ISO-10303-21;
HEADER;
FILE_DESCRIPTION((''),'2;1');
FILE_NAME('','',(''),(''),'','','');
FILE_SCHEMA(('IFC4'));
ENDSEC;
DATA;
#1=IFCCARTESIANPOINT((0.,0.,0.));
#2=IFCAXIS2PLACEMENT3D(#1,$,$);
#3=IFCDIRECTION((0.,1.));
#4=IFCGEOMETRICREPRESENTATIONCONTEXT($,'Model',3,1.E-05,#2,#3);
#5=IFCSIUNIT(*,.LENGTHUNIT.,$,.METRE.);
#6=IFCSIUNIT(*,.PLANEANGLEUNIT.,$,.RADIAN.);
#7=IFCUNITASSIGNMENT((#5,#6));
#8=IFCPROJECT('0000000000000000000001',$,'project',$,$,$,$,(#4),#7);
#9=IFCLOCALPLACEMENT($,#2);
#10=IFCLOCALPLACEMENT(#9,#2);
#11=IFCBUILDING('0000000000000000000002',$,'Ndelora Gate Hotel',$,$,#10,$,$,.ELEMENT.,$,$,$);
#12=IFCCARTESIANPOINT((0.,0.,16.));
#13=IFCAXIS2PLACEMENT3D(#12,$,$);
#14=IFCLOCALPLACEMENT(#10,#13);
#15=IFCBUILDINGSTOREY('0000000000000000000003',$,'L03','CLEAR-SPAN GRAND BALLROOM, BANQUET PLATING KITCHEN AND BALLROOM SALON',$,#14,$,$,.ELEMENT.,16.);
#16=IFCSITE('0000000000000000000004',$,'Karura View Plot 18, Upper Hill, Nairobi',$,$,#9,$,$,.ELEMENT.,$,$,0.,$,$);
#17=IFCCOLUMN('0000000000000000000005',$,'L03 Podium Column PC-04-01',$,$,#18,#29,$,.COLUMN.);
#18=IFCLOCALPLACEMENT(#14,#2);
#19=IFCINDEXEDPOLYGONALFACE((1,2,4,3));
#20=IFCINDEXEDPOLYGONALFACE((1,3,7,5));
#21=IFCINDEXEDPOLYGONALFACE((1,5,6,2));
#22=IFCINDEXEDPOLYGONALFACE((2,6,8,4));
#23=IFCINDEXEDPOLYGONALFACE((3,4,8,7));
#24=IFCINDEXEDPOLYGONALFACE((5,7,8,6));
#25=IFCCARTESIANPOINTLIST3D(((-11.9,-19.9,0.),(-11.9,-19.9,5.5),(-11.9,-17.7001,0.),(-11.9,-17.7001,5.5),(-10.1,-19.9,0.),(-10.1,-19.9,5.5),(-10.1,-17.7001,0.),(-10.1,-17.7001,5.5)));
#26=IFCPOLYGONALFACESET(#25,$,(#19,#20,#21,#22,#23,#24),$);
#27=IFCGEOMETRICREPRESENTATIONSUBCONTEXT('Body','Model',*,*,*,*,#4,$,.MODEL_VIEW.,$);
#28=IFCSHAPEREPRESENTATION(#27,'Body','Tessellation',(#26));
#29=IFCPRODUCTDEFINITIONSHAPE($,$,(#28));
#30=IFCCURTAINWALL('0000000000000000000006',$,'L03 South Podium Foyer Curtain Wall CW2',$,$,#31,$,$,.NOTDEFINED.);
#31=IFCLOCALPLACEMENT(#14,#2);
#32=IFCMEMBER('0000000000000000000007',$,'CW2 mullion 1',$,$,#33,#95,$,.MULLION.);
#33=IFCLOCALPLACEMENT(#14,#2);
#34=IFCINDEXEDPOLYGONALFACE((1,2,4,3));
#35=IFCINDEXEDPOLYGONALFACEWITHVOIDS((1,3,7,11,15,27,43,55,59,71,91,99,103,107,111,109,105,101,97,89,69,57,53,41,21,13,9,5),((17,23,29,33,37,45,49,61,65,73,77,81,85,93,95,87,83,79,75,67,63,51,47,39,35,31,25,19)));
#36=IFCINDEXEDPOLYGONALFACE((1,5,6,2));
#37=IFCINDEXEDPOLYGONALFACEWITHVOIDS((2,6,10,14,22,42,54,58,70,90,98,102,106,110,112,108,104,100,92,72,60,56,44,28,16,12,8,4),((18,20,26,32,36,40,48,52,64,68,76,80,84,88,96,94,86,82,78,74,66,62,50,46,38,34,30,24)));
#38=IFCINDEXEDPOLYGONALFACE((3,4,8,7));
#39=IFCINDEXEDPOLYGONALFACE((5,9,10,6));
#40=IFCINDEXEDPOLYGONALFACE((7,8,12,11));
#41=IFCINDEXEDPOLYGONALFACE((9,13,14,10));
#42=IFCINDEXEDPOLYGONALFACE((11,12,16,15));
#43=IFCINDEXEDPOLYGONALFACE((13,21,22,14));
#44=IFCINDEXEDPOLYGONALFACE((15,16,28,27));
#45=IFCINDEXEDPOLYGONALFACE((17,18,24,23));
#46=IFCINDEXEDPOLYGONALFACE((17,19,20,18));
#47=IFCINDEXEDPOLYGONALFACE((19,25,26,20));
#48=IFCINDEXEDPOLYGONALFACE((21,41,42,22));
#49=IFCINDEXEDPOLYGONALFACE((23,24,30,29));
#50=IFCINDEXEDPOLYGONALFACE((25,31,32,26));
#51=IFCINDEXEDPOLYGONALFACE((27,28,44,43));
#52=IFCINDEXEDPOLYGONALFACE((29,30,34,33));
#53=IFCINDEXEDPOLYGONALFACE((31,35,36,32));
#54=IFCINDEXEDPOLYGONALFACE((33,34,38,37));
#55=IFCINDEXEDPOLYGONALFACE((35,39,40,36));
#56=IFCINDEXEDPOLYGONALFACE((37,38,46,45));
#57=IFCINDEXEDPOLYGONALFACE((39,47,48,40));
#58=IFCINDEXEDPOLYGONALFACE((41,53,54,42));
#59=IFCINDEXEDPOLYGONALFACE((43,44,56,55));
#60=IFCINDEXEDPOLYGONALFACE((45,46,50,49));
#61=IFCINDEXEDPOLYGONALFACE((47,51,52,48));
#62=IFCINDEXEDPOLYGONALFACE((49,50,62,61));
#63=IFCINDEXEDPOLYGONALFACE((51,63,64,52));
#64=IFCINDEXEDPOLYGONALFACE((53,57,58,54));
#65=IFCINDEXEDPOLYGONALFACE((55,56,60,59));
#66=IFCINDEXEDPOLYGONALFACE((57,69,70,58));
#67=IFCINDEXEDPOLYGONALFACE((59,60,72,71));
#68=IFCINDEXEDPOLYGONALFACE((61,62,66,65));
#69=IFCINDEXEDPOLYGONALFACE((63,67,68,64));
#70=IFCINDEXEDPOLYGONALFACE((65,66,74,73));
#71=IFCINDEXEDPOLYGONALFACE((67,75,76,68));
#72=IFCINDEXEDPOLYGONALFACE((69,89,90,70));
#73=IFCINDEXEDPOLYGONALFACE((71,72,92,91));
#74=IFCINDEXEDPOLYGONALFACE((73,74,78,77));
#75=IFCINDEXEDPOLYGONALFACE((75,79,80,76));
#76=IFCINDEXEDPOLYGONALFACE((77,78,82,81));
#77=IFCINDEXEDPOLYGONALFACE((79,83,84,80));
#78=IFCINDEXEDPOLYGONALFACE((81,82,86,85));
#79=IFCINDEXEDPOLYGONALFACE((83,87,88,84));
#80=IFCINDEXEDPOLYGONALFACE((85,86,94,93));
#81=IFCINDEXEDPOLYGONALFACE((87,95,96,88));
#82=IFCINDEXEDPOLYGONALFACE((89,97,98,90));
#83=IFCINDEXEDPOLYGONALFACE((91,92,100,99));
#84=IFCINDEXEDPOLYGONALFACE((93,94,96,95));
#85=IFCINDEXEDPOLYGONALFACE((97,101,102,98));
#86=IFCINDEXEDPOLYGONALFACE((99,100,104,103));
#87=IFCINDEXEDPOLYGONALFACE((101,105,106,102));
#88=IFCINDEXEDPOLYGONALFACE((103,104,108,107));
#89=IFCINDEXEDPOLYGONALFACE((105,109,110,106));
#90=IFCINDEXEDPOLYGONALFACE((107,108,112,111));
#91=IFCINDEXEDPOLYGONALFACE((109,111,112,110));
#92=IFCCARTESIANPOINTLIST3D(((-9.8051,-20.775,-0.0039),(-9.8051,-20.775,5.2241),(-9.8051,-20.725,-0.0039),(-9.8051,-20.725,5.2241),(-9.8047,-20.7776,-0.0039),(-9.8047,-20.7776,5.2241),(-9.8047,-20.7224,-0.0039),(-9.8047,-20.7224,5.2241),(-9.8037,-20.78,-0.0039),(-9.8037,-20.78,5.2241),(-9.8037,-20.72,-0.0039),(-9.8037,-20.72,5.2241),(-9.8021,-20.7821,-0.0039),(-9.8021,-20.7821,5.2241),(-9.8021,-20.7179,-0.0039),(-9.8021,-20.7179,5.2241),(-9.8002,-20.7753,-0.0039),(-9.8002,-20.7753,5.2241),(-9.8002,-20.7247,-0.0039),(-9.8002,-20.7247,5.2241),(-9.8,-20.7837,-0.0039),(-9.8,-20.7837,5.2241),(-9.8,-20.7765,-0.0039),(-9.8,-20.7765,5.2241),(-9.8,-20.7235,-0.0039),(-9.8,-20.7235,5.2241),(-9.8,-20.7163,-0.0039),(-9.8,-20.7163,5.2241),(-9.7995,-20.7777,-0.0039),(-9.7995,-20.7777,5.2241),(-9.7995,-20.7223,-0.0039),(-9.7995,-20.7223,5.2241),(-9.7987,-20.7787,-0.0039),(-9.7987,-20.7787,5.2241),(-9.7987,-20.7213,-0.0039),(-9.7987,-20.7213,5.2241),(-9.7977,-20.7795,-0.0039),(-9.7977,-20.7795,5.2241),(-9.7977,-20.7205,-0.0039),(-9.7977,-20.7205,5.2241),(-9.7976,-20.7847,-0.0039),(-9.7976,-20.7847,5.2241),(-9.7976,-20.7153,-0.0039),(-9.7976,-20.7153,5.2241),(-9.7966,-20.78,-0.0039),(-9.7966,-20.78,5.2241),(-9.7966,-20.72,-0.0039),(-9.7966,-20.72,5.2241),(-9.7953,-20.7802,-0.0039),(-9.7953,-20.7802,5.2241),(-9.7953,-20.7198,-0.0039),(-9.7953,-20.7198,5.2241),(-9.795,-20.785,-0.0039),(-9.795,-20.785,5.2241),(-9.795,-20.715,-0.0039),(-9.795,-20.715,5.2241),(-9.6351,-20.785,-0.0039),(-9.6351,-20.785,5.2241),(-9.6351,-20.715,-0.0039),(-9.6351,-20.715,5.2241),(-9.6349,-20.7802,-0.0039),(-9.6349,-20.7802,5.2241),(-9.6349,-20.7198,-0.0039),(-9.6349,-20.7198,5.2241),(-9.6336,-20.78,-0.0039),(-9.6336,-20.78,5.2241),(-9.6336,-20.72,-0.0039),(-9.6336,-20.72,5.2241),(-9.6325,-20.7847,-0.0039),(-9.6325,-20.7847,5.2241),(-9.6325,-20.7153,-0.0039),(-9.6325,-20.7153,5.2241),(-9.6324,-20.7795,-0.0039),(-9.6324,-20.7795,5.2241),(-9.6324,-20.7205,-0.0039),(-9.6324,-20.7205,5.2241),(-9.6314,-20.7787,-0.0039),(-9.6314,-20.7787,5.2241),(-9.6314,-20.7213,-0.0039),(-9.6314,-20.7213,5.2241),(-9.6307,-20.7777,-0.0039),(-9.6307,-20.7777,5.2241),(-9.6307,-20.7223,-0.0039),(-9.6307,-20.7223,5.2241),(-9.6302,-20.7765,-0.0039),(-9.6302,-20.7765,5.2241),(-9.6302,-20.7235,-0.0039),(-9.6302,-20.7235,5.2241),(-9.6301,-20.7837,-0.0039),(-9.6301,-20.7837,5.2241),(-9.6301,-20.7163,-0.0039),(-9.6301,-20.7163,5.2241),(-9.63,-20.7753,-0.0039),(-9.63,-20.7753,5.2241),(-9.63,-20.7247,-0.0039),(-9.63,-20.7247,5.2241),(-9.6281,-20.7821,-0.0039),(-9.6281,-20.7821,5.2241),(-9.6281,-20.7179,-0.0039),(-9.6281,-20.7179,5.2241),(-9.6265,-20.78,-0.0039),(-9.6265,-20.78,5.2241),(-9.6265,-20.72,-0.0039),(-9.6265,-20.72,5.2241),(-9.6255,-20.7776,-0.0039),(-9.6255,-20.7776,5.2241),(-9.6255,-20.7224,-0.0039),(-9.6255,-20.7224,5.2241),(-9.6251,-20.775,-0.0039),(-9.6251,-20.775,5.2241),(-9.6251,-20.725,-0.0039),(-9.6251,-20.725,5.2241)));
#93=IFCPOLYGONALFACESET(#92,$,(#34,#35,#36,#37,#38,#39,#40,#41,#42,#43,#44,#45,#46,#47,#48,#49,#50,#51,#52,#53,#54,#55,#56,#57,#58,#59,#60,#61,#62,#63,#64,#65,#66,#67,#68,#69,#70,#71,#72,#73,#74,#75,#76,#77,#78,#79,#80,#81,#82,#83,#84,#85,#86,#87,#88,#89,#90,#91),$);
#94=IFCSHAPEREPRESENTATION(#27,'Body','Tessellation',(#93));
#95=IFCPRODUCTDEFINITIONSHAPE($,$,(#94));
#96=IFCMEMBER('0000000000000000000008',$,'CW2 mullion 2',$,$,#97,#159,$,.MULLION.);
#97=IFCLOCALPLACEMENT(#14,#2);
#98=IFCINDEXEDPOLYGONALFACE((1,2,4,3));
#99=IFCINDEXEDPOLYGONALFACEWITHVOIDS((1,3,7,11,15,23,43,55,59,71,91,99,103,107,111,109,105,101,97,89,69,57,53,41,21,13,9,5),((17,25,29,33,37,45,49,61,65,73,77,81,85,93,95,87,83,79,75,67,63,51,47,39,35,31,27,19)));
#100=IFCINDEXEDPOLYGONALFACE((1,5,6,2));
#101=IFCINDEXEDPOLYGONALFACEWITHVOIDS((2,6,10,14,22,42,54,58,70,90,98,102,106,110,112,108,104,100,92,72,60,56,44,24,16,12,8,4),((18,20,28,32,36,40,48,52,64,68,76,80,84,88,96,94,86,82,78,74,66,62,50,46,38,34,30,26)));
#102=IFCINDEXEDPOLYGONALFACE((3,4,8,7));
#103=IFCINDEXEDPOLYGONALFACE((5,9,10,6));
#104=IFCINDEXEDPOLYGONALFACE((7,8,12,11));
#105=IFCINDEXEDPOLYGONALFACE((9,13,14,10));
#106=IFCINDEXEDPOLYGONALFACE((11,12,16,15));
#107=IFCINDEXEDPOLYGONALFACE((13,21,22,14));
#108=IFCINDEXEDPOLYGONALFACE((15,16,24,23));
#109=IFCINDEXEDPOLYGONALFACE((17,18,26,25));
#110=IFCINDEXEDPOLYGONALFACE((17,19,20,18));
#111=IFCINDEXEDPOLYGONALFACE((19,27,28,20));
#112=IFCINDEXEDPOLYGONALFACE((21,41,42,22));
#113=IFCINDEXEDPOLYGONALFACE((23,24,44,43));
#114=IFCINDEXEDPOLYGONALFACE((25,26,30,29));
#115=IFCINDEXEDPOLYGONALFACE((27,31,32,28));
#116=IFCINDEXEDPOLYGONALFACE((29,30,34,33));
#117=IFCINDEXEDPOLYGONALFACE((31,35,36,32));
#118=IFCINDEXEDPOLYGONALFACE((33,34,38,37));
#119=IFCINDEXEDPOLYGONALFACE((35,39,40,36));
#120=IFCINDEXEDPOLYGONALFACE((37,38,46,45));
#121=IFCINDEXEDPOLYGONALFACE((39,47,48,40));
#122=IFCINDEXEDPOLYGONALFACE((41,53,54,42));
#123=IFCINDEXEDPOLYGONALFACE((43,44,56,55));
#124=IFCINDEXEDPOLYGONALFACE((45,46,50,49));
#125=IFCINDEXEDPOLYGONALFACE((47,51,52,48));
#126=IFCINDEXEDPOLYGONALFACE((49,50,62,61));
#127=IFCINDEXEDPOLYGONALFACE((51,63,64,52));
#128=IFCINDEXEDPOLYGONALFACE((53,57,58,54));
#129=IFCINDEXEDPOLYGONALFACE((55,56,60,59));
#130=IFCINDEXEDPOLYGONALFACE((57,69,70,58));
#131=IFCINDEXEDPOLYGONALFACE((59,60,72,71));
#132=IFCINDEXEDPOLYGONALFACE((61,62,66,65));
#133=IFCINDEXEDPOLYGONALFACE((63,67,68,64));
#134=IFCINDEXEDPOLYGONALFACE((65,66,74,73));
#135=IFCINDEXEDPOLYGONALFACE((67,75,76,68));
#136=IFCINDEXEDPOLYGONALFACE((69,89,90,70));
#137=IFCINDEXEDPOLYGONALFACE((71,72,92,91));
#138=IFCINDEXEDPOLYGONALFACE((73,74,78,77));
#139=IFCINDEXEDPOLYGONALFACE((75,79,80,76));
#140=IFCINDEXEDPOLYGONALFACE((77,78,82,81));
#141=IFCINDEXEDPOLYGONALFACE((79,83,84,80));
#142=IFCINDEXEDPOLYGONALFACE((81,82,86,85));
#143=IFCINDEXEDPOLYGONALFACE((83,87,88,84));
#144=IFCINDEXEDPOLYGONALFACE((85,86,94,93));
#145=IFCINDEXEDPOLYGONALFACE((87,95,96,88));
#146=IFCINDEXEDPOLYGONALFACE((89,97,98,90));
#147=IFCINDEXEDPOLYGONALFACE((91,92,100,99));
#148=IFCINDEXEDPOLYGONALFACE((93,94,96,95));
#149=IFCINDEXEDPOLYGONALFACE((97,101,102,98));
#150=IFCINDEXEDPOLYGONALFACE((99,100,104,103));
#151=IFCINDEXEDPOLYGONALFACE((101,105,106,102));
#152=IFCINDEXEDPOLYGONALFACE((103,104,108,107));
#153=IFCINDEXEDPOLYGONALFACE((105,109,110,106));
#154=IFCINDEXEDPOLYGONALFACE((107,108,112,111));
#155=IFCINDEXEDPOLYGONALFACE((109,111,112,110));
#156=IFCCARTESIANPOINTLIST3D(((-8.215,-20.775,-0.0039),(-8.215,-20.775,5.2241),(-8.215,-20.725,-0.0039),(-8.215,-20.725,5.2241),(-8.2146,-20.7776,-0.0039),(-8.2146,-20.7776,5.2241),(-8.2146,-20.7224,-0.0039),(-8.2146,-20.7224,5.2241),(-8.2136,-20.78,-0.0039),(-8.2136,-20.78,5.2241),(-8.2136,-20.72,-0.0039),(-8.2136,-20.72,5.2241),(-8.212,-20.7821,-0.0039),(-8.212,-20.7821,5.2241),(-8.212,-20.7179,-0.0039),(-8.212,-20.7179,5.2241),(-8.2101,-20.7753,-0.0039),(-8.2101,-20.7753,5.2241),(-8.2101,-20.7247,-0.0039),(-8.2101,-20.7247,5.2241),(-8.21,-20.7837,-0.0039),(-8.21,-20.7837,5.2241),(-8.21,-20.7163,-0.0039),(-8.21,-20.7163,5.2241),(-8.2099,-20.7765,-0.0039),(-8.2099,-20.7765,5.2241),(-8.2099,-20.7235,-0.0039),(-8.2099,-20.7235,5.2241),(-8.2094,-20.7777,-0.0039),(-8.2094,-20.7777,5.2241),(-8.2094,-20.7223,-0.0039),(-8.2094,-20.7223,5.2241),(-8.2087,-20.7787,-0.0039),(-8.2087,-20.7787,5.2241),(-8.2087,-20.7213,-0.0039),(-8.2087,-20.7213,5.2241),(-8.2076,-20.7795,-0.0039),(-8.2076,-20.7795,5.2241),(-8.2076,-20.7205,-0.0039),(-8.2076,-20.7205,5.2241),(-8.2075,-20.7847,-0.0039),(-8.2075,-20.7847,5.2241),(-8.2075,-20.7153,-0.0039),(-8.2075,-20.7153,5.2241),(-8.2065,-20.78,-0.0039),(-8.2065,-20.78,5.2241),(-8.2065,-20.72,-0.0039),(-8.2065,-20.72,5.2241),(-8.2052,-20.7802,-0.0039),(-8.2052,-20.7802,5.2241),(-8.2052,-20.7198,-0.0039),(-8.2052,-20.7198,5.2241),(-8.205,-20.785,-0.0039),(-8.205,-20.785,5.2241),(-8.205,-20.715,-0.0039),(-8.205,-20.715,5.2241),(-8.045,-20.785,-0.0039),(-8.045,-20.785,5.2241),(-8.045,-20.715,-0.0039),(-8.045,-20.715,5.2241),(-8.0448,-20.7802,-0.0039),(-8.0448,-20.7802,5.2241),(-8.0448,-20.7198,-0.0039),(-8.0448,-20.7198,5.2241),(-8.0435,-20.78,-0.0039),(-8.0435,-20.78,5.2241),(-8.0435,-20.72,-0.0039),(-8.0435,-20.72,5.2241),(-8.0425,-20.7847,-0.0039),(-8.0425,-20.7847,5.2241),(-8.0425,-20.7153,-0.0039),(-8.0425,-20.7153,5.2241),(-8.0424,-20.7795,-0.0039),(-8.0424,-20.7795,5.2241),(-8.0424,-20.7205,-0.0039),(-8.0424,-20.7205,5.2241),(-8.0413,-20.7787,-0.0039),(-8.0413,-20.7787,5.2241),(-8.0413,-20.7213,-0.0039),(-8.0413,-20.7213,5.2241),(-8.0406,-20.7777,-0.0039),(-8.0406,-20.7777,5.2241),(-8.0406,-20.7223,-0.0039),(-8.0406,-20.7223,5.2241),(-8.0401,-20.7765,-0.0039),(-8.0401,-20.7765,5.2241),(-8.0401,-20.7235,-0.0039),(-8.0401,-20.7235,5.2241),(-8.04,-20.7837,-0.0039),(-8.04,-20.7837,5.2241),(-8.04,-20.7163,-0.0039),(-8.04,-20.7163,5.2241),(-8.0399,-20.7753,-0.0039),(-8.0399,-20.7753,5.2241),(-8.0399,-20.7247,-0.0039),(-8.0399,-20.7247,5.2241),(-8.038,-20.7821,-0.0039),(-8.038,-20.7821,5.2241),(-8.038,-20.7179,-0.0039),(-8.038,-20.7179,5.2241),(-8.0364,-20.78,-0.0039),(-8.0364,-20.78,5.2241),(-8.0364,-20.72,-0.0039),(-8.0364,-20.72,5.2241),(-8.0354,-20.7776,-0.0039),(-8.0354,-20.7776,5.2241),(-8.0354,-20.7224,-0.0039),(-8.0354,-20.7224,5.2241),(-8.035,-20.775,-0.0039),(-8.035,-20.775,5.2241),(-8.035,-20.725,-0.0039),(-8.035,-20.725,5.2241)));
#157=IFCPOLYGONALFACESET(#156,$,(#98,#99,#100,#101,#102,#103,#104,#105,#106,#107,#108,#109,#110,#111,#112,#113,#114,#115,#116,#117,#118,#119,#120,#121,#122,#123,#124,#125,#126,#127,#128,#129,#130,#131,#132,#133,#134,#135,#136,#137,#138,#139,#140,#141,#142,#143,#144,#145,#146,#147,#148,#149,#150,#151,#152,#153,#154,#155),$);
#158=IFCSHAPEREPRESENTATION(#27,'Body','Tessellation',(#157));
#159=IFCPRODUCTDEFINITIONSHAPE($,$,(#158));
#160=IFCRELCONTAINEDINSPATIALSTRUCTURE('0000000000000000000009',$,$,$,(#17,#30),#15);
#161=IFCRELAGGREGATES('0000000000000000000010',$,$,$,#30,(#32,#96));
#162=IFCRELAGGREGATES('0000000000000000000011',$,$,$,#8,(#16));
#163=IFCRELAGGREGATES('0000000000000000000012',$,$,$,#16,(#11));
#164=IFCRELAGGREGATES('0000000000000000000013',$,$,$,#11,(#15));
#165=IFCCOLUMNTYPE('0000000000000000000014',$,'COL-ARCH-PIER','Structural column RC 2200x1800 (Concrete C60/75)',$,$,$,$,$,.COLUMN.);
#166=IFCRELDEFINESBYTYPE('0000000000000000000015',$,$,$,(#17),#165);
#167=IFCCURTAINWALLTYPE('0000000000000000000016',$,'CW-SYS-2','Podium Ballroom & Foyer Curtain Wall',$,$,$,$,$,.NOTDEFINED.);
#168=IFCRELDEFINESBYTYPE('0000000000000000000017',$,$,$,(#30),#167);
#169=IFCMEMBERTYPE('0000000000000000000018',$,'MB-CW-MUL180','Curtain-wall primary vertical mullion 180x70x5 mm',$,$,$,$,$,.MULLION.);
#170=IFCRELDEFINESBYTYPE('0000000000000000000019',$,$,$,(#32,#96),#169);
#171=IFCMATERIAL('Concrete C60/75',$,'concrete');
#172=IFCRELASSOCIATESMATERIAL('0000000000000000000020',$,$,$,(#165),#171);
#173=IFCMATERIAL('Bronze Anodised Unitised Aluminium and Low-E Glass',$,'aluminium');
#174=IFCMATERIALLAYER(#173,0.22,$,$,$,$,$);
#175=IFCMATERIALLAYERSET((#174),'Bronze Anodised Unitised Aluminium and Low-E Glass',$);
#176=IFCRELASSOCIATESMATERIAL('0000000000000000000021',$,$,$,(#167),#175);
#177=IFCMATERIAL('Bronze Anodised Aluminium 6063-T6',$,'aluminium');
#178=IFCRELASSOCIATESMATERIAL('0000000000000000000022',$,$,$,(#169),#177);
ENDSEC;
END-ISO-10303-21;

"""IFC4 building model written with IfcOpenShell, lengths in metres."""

from ifc_helpers import new_model, si_unit, direction, frame, origin, origin_2d, place, context, subcontext, project, spatial, rectangle, hollow_rectangle, extrude, material, layer, layer_set, material_profile, profile_set, type_object, element, aggregate, save


model = new_model("IFC4")

# Units and contexts
model_context = context("Model", 3, precision=1e-05, world=origin(), true_north=direction((0.0, 1.0)))
body_context = subcontext(model_context, "Body", "Model", "MODEL_VIEW")
ifc_project = project(units=[si_unit("LENGTHUNIT", "METRE"), si_unit("PLANEANGLEUNIT", "RADIAN")], contexts=[model_context])

# Site, building, storey
site_placement = place(None, origin())
site = spatial("IfcSite", under=ifc_project, at=site_placement, Name="Karura View Plot 18, Upper Hill, Nairobi", CompositionType="ELEMENT", RefElevation=0.0)
building_placement = place(site_placement, origin())
building = spatial("IfcBuilding", under=site, at=building_placement, Name="Ndelora Gate Hotel", CompositionType="ELEMENT")
storey_placement = place(building_placement, frame((0.0, 0.0, 16.0)))
storey = spatial("IfcBuildingStorey", under=building, at=storey_placement, Name="L03", Description="CLEAR-SPAN GRAND BALLROOM, BANQUET PLATING KITCHEN AND BALLROOM SALON", CompositionType="ELEMENT", Elevation=16.0)

# Column
ifc_material_1 = material(Name="Concrete C60/75", Category="concrete")
ifc_material_profile_1 = material_profile(ifc_material_1, rectangle(XDim=1.8, YDim=2.2, at=origin_2d()), Name="RC 2200x1800")
ifc_profile_set_1 = profile_set([ifc_material_profile_1], Name="Concrete C60/75")
column_type = type_object("IfcColumnType", Name="COL-ARCH-PIER", Description="Structural column RC 2200x1800 (Concrete C60/75)", PredefinedType="COLUMN", material=ifc_profile_set_1)
column_placement = place(storey_placement, frame((-11.0, -18.8, 0.0), z_axis=(0.0, 0.0, 1.0), x_axis=(1.0, 0.0, 0.0)))
element("IfcColumn", 1, at=column_placement, inside=storey, type_object=column_type, Name="L03 Podium Column PC-04-01", PredefinedType="COLUMN", context=body_context, shape_type="SweptSolid", body=[
    extrude(rectangle(XDim=1.8, YDim=2.2, at=origin_2d()), origin(), (0.0, 0.0, 1.0), 5.5),
])

# Curtain wall, members
ifc_material_2 = material(Name="Bronze Anodised Unitised Aluminium and Low-E Glass", Category="aluminium")
ifc_layer_1 = layer(ifc_material_2, 0.22)
ifc_layer_set_1 = layer_set([ifc_layer_1], Name="Bronze Anodised Unitised Aluminium and Low-E Glass")
curtain_wall_type = type_object("IfcCurtainWallType", Name="CW-SYS-2", Description="Podium Ballroom & Foyer Curtain Wall", PredefinedType="NOTDEFINED", material=ifc_layer_set_1)
curtain_wall_placement = place(storey_placement, origin())
curtain_wall = element("IfcCurtainWall", 2, at=curtain_wall_placement, inside=storey, type_object=curtain_wall_type, Name="L03 South Podium Foyer Curtain Wall CW2", PredefinedType="NOTDEFINED")
ifc_material_3 = material(Name="Bronze Anodised Aluminium 6063-T6", Category="aluminium")
ifc_material_profile_2 = material_profile(ifc_material_3, hollow_rectangle(XDim=0.0701, YDim=0.1799, WallThickness=0.0049, InnerFilletRadius=0.0049, OuterFilletRadius=0.01, at=origin_2d()), Name="ALU 180x70x5")
ifc_profile_set_2 = profile_set([ifc_material_profile_2], Name="Bronze Anodised Aluminium 6063-T6")
member_type_1 = type_object("IfcMemberType", Name="MB-CW-MUL180", Description="Curtain-wall primary vertical mullion 180x70x5 mm", PredefinedType="MULLION", material=ifc_profile_set_2)
member_1_placement = place(storey_placement, frame((-9.7151, -20.75, -0.0039), z_axis=(0.0, 0.0, 1.0), x_axis=(0.0, 1.0, 0.0)))
member_1 = element("IfcMember", 3, at=member_1_placement, type_object=member_type_1, Name="CW2 mullion 1", PredefinedType="MULLION", context=body_context, shape_type="SweptSolid", body=[
    extrude(hollow_rectangle(XDim=0.0701, YDim=0.1799, WallThickness=0.0049, InnerFilletRadius=0.0049, OuterFilletRadius=0.01, at=origin_2d()), origin(), (0.0, 0.0, 1.0), 5.228),
])
member_2_placement = place(storey_placement, frame((-8.125, -20.75, -0.0039), z_axis=(0.0, 0.0, 1.0), x_axis=(0.0, 1.0, 0.0)))
member_2 = element("IfcMember", 4, at=member_2_placement, type_object=member_type_1, Name="CW2 mullion 2", PredefinedType="MULLION", context=body_context, shape_type="SweptSolid", body=[
    extrude(hollow_rectangle(XDim=0.0701, YDim=0.1799, WallThickness=0.0049, InnerFilletRadius=0.0049, OuterFilletRadius=0.01, at=origin_2d()), origin(), (0.0, 0.0, 1.0), 5.228),
])
aggregate(curtain_wall, [member_1, member_2])

save(model, "model.ifc")
